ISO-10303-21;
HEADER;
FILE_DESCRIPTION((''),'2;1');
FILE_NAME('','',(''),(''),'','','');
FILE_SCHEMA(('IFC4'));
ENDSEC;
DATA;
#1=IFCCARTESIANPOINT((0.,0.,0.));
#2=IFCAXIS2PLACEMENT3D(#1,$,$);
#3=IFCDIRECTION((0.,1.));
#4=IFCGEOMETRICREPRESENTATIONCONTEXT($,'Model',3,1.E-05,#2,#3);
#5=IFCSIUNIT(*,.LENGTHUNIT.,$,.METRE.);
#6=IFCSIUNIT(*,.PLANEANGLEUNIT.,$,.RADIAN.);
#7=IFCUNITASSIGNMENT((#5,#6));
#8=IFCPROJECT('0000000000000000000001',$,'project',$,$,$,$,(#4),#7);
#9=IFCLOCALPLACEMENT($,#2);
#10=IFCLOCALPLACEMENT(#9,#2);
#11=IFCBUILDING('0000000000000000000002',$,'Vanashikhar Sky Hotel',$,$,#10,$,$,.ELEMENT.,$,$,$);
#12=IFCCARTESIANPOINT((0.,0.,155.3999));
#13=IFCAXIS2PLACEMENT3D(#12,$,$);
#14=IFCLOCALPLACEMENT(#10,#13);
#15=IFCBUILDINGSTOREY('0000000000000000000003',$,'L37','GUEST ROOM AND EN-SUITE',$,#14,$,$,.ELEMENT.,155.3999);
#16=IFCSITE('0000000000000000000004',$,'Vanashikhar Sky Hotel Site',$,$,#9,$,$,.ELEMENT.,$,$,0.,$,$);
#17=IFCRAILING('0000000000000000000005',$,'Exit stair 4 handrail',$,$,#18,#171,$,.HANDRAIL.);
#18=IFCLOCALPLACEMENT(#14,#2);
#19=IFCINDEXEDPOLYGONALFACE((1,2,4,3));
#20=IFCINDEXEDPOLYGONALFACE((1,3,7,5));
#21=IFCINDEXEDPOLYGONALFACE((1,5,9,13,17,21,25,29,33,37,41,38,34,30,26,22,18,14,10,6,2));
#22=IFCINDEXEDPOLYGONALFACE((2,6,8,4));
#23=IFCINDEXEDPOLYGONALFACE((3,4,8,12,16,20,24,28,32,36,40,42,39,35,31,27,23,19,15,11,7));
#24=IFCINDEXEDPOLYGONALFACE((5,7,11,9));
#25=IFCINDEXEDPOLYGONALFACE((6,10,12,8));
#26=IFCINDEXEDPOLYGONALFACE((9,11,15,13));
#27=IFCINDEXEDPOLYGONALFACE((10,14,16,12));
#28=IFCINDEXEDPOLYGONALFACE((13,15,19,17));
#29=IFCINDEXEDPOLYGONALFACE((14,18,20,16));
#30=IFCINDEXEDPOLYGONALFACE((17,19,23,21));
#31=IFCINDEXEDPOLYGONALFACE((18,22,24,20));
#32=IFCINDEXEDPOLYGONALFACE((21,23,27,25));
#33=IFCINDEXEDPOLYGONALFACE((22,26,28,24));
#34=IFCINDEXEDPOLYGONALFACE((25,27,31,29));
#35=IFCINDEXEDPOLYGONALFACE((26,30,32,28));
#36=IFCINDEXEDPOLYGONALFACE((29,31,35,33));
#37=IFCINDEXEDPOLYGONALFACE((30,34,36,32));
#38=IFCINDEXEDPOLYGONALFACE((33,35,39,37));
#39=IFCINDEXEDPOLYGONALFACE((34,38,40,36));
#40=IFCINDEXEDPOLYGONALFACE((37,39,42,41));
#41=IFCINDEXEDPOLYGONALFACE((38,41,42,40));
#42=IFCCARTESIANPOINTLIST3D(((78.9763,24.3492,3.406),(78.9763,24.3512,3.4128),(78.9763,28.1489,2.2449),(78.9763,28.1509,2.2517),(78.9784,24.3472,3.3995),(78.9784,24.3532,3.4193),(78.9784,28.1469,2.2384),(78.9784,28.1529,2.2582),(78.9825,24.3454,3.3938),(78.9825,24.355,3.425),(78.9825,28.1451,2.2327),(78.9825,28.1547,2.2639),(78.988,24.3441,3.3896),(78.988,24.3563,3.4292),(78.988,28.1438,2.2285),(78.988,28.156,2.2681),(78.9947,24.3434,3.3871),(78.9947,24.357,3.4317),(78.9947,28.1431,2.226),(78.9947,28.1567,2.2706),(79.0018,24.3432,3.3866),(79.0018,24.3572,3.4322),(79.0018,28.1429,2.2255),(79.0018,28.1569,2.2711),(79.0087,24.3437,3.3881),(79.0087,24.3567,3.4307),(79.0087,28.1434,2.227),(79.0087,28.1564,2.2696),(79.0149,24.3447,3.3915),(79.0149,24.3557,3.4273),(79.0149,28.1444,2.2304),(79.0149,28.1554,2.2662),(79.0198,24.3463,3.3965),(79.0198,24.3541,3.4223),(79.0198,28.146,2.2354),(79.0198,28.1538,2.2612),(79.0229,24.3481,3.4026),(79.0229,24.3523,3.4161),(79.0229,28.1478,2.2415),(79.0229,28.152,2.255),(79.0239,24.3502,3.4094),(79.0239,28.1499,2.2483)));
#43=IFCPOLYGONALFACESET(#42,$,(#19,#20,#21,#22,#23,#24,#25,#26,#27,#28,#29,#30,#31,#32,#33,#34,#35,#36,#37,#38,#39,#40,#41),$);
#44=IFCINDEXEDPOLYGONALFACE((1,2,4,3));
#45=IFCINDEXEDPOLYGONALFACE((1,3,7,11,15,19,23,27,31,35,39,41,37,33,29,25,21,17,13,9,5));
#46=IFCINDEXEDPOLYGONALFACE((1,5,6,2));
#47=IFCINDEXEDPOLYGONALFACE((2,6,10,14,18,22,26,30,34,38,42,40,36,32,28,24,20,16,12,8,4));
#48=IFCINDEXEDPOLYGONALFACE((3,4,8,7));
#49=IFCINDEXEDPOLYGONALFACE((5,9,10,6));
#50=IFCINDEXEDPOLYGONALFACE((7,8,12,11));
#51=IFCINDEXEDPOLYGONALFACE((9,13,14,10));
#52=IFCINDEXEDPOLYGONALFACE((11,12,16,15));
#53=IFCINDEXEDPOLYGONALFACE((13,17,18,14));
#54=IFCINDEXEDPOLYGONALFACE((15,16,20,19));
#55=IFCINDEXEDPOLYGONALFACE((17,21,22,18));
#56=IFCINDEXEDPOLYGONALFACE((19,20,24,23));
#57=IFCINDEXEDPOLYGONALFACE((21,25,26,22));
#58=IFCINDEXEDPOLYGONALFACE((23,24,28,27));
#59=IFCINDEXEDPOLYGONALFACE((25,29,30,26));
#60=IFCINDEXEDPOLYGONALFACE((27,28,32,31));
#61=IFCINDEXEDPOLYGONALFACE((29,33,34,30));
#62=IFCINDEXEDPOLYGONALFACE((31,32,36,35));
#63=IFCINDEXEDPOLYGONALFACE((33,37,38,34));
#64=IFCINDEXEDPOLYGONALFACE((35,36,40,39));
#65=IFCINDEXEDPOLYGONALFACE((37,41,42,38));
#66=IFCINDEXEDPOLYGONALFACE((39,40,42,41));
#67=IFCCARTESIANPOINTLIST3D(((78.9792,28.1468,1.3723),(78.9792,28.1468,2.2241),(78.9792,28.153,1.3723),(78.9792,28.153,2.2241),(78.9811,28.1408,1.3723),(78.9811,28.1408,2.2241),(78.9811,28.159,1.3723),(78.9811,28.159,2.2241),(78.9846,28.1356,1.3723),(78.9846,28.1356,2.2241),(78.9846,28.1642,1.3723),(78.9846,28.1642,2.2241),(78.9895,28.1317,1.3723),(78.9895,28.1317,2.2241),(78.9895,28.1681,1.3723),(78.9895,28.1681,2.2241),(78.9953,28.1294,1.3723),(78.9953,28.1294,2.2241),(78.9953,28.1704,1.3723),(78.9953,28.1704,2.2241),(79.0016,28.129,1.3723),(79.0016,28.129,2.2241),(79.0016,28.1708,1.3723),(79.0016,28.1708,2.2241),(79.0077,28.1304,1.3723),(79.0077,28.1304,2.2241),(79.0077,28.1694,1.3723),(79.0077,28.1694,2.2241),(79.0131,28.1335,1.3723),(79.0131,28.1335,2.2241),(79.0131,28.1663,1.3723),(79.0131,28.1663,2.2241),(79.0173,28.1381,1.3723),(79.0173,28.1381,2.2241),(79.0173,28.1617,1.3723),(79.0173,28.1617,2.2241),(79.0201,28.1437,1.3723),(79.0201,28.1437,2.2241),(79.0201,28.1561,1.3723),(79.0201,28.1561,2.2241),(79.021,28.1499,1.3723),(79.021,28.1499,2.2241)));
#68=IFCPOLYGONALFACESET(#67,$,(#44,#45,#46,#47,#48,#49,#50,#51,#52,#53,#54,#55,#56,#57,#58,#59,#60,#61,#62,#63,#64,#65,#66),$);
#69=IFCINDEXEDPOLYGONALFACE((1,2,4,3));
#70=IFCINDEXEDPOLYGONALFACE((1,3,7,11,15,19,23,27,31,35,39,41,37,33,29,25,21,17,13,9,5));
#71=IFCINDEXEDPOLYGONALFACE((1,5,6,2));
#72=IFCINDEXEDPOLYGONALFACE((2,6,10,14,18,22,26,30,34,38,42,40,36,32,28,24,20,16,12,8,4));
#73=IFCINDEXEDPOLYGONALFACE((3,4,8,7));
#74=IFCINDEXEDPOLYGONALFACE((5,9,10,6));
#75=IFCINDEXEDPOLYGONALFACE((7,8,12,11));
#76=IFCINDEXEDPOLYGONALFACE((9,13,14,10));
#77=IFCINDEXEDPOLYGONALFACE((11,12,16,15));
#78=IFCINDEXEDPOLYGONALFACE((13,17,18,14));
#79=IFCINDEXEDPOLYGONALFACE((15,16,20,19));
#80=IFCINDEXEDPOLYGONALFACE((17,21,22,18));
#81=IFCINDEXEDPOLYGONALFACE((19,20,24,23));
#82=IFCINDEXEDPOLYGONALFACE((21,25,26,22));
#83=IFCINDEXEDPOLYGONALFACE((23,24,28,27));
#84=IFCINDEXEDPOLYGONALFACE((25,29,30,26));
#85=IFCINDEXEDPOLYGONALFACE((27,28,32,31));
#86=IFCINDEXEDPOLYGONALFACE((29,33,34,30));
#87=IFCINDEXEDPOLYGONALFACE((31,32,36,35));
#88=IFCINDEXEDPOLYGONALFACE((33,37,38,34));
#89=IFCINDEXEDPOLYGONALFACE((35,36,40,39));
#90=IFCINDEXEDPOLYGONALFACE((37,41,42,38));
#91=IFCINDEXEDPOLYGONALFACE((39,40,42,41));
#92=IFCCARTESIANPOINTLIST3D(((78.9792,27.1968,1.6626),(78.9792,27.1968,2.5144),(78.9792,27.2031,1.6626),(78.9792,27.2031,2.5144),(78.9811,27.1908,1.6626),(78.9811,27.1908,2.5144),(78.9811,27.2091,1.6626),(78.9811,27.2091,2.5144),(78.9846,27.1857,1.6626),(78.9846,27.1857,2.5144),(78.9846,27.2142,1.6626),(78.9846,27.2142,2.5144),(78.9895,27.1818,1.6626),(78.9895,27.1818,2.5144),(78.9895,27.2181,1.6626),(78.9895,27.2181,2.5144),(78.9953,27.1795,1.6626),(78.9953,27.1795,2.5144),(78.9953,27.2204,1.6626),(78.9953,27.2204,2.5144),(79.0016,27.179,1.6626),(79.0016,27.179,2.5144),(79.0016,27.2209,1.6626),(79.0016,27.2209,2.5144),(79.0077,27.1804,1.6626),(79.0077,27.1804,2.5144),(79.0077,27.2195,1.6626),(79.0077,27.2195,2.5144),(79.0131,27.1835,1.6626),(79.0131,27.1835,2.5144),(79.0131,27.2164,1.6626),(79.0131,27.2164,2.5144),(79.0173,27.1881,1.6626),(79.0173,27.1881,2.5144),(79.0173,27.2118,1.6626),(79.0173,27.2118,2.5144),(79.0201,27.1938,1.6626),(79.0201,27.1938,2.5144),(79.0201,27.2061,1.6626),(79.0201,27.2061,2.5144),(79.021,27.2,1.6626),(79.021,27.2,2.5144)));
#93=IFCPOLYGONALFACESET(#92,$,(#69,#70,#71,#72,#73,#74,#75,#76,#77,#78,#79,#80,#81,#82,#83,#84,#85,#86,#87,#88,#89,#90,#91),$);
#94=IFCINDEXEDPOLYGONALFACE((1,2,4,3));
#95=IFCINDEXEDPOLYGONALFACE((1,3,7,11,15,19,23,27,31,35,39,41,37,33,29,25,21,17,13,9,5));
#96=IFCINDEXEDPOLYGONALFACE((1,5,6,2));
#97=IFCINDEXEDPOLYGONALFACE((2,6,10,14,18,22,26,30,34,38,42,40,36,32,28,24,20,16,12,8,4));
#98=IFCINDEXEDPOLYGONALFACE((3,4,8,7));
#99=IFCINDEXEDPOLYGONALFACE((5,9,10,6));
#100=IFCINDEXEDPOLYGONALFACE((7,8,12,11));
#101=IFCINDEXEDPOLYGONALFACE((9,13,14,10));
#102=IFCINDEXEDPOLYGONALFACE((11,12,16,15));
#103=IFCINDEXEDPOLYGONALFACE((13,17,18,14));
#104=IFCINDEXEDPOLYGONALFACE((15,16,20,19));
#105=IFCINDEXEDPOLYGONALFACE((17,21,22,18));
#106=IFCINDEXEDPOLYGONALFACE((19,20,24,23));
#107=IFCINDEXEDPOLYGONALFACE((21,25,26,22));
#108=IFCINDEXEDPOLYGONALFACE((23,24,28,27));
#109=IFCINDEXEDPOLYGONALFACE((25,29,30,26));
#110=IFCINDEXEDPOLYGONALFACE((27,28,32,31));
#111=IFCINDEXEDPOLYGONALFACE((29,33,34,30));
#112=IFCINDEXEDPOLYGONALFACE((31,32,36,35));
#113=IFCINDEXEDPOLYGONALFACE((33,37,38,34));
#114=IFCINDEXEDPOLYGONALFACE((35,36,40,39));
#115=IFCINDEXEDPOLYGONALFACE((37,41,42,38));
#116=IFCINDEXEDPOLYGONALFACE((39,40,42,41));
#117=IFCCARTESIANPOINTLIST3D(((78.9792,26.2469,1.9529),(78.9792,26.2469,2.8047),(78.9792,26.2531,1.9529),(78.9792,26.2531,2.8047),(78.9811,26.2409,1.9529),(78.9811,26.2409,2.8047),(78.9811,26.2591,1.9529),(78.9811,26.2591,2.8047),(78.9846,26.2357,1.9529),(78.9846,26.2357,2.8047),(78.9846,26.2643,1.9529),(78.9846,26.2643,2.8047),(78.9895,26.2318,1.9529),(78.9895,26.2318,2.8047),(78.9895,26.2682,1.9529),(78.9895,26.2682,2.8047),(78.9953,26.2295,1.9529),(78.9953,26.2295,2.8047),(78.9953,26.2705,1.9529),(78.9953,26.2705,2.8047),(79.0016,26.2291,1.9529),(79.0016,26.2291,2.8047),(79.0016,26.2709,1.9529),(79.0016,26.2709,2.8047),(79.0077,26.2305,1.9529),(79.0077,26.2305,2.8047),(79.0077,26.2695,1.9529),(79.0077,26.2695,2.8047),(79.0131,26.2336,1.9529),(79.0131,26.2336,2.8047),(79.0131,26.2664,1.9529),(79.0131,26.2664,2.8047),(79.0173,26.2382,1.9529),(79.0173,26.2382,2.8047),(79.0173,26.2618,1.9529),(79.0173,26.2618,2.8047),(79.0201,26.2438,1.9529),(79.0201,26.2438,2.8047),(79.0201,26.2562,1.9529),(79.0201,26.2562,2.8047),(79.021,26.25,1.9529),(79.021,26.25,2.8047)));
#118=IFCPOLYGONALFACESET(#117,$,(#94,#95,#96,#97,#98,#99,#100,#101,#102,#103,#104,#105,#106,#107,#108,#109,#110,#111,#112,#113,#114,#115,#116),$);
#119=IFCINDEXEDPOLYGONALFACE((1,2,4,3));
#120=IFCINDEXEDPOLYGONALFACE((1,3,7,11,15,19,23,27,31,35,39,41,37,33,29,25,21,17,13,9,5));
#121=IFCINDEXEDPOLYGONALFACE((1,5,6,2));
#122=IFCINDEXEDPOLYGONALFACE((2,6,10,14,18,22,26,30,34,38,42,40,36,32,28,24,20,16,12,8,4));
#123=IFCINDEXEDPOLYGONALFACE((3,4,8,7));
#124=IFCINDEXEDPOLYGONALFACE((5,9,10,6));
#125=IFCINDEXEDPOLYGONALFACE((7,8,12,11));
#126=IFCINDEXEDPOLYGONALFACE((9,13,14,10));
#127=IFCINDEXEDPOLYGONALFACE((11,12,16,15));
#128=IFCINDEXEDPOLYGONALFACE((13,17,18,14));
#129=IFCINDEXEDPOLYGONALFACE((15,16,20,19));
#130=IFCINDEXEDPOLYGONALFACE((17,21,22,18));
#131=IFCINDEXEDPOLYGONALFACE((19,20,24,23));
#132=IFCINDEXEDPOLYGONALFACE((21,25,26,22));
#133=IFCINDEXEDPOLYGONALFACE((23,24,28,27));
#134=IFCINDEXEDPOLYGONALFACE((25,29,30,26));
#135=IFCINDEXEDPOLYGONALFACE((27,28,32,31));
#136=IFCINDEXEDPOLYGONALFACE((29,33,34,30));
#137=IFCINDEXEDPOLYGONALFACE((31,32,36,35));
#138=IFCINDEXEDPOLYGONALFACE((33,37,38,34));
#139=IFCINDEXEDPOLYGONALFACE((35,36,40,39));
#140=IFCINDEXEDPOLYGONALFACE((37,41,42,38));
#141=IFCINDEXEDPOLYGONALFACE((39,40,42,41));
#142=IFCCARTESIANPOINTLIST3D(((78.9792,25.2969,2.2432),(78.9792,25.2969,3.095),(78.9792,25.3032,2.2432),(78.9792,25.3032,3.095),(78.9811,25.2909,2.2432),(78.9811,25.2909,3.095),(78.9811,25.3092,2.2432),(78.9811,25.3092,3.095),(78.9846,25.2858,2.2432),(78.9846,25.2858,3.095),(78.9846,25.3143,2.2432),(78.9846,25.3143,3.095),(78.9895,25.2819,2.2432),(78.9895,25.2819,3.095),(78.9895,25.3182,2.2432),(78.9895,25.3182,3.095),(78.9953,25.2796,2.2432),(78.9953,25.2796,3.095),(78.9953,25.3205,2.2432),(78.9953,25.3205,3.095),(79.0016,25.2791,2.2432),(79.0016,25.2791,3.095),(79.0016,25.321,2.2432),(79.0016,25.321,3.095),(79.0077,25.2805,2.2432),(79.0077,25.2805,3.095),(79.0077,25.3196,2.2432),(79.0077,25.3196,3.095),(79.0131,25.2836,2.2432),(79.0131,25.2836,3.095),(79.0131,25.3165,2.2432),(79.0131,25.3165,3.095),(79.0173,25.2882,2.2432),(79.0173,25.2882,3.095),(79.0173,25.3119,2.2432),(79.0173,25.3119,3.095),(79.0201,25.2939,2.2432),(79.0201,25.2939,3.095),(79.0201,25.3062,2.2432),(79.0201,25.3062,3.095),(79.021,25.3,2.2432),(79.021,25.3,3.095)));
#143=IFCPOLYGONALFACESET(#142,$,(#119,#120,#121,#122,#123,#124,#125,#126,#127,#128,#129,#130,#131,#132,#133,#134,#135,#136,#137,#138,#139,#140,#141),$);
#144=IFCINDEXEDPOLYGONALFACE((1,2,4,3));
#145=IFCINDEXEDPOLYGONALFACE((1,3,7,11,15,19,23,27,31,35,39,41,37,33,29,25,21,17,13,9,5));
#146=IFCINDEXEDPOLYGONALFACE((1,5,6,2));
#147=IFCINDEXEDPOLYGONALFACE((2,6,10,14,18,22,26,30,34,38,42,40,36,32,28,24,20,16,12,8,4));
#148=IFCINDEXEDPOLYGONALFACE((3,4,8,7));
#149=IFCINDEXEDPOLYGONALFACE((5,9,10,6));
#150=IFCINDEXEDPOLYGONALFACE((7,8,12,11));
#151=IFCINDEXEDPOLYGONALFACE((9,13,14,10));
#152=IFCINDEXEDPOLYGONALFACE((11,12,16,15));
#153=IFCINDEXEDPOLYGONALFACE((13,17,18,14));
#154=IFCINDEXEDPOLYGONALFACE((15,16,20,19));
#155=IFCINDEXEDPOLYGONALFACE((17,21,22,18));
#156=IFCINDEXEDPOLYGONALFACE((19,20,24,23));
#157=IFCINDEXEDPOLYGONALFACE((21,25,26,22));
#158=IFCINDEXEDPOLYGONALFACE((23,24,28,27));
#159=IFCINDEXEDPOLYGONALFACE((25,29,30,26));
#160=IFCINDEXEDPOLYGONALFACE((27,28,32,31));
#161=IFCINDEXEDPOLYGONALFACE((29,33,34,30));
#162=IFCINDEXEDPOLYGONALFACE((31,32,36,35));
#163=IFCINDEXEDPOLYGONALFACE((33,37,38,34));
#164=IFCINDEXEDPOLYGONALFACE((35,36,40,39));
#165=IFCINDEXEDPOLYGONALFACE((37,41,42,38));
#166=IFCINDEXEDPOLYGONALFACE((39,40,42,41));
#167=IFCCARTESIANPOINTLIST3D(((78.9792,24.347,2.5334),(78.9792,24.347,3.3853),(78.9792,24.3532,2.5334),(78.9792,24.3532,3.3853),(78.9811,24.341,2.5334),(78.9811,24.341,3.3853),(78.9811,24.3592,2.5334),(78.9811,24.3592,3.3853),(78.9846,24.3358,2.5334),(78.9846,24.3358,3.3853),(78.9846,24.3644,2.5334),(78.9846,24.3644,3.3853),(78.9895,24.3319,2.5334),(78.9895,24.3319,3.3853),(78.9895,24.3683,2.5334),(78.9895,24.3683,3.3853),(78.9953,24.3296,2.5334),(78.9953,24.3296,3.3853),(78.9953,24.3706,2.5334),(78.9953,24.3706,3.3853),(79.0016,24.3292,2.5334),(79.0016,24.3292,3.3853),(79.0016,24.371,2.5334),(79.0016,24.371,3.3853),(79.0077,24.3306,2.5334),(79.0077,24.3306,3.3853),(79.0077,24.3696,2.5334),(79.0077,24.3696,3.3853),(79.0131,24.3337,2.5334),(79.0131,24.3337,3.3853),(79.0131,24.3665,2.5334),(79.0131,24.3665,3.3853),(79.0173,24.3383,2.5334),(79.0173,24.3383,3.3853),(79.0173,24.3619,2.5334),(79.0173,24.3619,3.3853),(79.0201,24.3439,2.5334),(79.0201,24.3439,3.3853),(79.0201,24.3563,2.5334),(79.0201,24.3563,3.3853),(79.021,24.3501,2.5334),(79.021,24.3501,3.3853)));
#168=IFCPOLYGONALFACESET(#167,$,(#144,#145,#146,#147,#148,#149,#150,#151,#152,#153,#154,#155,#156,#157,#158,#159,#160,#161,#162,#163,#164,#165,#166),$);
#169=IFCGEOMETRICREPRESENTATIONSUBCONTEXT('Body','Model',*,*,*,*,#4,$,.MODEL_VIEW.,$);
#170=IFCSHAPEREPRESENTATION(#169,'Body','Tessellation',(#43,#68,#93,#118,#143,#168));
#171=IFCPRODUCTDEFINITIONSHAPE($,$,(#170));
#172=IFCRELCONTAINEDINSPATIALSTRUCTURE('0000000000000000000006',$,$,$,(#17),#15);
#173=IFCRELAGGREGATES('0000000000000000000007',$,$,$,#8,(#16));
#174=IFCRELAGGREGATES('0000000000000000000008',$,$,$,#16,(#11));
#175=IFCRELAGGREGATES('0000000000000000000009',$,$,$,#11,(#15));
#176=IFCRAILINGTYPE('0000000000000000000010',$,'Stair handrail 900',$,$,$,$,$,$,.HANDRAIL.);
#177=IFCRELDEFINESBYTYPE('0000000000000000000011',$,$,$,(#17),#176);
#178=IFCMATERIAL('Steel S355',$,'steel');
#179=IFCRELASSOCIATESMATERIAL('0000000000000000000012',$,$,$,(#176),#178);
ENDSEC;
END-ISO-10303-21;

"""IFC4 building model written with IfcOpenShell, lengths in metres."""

from ifc_helpers import new_model, si_unit, direction, frame, origin, origin_2d, place, context, subcontext, project, spatial, circle, extrude, source, transform, mapped, material, type_object, element, save


model = new_model("IFC4")

# Units and contexts
model_context = context("Model", 3, precision=1e-05, world=origin(), true_north=direction((0.0, 1.0)))
body_context = subcontext(model_context, "Body", "Model", "MODEL_VIEW")
ifc_project = project(units=[si_unit("LENGTHUNIT", "METRE"), si_unit("PLANEANGLEUNIT", "RADIAN")], contexts=[model_context])

# Site, building, storey
site_placement = place(None, origin())
site = spatial("IfcSite", under=ifc_project, at=site_placement, Name="Vanashikhar Sky Hotel Site", CompositionType="ELEMENT", RefElevation=0.0)
building_placement = place(site_placement, origin())
building = spatial("IfcBuilding", under=site, at=building_placement, Name="Vanashikhar Sky Hotel", CompositionType="ELEMENT")
storey_placement = place(building_placement, frame((0.0, 0.0, 155.3999)))
storey = spatial("IfcBuildingStorey", under=building, at=storey_placement, Name="L37", Description="GUEST ROOM AND EN-SUITE", CompositionType="ELEMENT", Elevation=155.3999)

# Railing
ifc_material_1 = material(Name="Steel S355", Category="steel")
railing_type_1 = type_object("IfcRailingType", Name="Stair handrail 900", PredefinedType="HANDRAIL", material=ifc_material_1)
shared_shape_1 = source(origin(), body_context, "Body", "SweptSolid", [
    extrude(circle(Radius=0.0239, at=origin_2d()), frame((0.0, 0.0, 0.876), z_axis=(0.0, -0.956346, 0.292237), x_axis=(1.0, 0.0, 0.0)), (0.0, 0.0, 1.0), 3.9731),
    extrude(circle(Radius=0.021, at=origin_2d()), origin(), (0.0, 0.0, 1.0), 0.8518),
    extrude(circle(Radius=0.021, at=origin_2d()), frame((0.0, -0.95, 0.2903)), (0.0, 0.0, 1.0), 0.8518),
    extrude(circle(Radius=0.021, at=origin_2d()), frame((0.0, -1.8999, 0.5806)), (0.0, 0.0, 1.0), 0.8518),
    extrude(circle(Radius=0.021, at=origin_2d()), frame((0.0, -2.8499, 0.8708)), (0.0, 0.0, 1.0), 0.8518),
    extrude(circle(Radius=0.021, at=origin_2d()), frame((0.0, -3.7998, 1.1611)), (0.0, 0.0, 1.0), 0.8518),
])
railing_1_placement = place(storey_placement, frame((79.0, 28.1499, 1.3723)))
element("IfcRailing", 1, at=railing_1_placement, inside=storey, type_object=railing_type_1, Name="Exit stair 4 handrail", PredefinedType="HANDRAIL", context=body_context, shape_type="MappedRepresentation", body=[
    mapped(shared_shape_1, transform((0.0, 0.0, 0.0), scale=1.0)),
])

save(model, "model.ifc")
